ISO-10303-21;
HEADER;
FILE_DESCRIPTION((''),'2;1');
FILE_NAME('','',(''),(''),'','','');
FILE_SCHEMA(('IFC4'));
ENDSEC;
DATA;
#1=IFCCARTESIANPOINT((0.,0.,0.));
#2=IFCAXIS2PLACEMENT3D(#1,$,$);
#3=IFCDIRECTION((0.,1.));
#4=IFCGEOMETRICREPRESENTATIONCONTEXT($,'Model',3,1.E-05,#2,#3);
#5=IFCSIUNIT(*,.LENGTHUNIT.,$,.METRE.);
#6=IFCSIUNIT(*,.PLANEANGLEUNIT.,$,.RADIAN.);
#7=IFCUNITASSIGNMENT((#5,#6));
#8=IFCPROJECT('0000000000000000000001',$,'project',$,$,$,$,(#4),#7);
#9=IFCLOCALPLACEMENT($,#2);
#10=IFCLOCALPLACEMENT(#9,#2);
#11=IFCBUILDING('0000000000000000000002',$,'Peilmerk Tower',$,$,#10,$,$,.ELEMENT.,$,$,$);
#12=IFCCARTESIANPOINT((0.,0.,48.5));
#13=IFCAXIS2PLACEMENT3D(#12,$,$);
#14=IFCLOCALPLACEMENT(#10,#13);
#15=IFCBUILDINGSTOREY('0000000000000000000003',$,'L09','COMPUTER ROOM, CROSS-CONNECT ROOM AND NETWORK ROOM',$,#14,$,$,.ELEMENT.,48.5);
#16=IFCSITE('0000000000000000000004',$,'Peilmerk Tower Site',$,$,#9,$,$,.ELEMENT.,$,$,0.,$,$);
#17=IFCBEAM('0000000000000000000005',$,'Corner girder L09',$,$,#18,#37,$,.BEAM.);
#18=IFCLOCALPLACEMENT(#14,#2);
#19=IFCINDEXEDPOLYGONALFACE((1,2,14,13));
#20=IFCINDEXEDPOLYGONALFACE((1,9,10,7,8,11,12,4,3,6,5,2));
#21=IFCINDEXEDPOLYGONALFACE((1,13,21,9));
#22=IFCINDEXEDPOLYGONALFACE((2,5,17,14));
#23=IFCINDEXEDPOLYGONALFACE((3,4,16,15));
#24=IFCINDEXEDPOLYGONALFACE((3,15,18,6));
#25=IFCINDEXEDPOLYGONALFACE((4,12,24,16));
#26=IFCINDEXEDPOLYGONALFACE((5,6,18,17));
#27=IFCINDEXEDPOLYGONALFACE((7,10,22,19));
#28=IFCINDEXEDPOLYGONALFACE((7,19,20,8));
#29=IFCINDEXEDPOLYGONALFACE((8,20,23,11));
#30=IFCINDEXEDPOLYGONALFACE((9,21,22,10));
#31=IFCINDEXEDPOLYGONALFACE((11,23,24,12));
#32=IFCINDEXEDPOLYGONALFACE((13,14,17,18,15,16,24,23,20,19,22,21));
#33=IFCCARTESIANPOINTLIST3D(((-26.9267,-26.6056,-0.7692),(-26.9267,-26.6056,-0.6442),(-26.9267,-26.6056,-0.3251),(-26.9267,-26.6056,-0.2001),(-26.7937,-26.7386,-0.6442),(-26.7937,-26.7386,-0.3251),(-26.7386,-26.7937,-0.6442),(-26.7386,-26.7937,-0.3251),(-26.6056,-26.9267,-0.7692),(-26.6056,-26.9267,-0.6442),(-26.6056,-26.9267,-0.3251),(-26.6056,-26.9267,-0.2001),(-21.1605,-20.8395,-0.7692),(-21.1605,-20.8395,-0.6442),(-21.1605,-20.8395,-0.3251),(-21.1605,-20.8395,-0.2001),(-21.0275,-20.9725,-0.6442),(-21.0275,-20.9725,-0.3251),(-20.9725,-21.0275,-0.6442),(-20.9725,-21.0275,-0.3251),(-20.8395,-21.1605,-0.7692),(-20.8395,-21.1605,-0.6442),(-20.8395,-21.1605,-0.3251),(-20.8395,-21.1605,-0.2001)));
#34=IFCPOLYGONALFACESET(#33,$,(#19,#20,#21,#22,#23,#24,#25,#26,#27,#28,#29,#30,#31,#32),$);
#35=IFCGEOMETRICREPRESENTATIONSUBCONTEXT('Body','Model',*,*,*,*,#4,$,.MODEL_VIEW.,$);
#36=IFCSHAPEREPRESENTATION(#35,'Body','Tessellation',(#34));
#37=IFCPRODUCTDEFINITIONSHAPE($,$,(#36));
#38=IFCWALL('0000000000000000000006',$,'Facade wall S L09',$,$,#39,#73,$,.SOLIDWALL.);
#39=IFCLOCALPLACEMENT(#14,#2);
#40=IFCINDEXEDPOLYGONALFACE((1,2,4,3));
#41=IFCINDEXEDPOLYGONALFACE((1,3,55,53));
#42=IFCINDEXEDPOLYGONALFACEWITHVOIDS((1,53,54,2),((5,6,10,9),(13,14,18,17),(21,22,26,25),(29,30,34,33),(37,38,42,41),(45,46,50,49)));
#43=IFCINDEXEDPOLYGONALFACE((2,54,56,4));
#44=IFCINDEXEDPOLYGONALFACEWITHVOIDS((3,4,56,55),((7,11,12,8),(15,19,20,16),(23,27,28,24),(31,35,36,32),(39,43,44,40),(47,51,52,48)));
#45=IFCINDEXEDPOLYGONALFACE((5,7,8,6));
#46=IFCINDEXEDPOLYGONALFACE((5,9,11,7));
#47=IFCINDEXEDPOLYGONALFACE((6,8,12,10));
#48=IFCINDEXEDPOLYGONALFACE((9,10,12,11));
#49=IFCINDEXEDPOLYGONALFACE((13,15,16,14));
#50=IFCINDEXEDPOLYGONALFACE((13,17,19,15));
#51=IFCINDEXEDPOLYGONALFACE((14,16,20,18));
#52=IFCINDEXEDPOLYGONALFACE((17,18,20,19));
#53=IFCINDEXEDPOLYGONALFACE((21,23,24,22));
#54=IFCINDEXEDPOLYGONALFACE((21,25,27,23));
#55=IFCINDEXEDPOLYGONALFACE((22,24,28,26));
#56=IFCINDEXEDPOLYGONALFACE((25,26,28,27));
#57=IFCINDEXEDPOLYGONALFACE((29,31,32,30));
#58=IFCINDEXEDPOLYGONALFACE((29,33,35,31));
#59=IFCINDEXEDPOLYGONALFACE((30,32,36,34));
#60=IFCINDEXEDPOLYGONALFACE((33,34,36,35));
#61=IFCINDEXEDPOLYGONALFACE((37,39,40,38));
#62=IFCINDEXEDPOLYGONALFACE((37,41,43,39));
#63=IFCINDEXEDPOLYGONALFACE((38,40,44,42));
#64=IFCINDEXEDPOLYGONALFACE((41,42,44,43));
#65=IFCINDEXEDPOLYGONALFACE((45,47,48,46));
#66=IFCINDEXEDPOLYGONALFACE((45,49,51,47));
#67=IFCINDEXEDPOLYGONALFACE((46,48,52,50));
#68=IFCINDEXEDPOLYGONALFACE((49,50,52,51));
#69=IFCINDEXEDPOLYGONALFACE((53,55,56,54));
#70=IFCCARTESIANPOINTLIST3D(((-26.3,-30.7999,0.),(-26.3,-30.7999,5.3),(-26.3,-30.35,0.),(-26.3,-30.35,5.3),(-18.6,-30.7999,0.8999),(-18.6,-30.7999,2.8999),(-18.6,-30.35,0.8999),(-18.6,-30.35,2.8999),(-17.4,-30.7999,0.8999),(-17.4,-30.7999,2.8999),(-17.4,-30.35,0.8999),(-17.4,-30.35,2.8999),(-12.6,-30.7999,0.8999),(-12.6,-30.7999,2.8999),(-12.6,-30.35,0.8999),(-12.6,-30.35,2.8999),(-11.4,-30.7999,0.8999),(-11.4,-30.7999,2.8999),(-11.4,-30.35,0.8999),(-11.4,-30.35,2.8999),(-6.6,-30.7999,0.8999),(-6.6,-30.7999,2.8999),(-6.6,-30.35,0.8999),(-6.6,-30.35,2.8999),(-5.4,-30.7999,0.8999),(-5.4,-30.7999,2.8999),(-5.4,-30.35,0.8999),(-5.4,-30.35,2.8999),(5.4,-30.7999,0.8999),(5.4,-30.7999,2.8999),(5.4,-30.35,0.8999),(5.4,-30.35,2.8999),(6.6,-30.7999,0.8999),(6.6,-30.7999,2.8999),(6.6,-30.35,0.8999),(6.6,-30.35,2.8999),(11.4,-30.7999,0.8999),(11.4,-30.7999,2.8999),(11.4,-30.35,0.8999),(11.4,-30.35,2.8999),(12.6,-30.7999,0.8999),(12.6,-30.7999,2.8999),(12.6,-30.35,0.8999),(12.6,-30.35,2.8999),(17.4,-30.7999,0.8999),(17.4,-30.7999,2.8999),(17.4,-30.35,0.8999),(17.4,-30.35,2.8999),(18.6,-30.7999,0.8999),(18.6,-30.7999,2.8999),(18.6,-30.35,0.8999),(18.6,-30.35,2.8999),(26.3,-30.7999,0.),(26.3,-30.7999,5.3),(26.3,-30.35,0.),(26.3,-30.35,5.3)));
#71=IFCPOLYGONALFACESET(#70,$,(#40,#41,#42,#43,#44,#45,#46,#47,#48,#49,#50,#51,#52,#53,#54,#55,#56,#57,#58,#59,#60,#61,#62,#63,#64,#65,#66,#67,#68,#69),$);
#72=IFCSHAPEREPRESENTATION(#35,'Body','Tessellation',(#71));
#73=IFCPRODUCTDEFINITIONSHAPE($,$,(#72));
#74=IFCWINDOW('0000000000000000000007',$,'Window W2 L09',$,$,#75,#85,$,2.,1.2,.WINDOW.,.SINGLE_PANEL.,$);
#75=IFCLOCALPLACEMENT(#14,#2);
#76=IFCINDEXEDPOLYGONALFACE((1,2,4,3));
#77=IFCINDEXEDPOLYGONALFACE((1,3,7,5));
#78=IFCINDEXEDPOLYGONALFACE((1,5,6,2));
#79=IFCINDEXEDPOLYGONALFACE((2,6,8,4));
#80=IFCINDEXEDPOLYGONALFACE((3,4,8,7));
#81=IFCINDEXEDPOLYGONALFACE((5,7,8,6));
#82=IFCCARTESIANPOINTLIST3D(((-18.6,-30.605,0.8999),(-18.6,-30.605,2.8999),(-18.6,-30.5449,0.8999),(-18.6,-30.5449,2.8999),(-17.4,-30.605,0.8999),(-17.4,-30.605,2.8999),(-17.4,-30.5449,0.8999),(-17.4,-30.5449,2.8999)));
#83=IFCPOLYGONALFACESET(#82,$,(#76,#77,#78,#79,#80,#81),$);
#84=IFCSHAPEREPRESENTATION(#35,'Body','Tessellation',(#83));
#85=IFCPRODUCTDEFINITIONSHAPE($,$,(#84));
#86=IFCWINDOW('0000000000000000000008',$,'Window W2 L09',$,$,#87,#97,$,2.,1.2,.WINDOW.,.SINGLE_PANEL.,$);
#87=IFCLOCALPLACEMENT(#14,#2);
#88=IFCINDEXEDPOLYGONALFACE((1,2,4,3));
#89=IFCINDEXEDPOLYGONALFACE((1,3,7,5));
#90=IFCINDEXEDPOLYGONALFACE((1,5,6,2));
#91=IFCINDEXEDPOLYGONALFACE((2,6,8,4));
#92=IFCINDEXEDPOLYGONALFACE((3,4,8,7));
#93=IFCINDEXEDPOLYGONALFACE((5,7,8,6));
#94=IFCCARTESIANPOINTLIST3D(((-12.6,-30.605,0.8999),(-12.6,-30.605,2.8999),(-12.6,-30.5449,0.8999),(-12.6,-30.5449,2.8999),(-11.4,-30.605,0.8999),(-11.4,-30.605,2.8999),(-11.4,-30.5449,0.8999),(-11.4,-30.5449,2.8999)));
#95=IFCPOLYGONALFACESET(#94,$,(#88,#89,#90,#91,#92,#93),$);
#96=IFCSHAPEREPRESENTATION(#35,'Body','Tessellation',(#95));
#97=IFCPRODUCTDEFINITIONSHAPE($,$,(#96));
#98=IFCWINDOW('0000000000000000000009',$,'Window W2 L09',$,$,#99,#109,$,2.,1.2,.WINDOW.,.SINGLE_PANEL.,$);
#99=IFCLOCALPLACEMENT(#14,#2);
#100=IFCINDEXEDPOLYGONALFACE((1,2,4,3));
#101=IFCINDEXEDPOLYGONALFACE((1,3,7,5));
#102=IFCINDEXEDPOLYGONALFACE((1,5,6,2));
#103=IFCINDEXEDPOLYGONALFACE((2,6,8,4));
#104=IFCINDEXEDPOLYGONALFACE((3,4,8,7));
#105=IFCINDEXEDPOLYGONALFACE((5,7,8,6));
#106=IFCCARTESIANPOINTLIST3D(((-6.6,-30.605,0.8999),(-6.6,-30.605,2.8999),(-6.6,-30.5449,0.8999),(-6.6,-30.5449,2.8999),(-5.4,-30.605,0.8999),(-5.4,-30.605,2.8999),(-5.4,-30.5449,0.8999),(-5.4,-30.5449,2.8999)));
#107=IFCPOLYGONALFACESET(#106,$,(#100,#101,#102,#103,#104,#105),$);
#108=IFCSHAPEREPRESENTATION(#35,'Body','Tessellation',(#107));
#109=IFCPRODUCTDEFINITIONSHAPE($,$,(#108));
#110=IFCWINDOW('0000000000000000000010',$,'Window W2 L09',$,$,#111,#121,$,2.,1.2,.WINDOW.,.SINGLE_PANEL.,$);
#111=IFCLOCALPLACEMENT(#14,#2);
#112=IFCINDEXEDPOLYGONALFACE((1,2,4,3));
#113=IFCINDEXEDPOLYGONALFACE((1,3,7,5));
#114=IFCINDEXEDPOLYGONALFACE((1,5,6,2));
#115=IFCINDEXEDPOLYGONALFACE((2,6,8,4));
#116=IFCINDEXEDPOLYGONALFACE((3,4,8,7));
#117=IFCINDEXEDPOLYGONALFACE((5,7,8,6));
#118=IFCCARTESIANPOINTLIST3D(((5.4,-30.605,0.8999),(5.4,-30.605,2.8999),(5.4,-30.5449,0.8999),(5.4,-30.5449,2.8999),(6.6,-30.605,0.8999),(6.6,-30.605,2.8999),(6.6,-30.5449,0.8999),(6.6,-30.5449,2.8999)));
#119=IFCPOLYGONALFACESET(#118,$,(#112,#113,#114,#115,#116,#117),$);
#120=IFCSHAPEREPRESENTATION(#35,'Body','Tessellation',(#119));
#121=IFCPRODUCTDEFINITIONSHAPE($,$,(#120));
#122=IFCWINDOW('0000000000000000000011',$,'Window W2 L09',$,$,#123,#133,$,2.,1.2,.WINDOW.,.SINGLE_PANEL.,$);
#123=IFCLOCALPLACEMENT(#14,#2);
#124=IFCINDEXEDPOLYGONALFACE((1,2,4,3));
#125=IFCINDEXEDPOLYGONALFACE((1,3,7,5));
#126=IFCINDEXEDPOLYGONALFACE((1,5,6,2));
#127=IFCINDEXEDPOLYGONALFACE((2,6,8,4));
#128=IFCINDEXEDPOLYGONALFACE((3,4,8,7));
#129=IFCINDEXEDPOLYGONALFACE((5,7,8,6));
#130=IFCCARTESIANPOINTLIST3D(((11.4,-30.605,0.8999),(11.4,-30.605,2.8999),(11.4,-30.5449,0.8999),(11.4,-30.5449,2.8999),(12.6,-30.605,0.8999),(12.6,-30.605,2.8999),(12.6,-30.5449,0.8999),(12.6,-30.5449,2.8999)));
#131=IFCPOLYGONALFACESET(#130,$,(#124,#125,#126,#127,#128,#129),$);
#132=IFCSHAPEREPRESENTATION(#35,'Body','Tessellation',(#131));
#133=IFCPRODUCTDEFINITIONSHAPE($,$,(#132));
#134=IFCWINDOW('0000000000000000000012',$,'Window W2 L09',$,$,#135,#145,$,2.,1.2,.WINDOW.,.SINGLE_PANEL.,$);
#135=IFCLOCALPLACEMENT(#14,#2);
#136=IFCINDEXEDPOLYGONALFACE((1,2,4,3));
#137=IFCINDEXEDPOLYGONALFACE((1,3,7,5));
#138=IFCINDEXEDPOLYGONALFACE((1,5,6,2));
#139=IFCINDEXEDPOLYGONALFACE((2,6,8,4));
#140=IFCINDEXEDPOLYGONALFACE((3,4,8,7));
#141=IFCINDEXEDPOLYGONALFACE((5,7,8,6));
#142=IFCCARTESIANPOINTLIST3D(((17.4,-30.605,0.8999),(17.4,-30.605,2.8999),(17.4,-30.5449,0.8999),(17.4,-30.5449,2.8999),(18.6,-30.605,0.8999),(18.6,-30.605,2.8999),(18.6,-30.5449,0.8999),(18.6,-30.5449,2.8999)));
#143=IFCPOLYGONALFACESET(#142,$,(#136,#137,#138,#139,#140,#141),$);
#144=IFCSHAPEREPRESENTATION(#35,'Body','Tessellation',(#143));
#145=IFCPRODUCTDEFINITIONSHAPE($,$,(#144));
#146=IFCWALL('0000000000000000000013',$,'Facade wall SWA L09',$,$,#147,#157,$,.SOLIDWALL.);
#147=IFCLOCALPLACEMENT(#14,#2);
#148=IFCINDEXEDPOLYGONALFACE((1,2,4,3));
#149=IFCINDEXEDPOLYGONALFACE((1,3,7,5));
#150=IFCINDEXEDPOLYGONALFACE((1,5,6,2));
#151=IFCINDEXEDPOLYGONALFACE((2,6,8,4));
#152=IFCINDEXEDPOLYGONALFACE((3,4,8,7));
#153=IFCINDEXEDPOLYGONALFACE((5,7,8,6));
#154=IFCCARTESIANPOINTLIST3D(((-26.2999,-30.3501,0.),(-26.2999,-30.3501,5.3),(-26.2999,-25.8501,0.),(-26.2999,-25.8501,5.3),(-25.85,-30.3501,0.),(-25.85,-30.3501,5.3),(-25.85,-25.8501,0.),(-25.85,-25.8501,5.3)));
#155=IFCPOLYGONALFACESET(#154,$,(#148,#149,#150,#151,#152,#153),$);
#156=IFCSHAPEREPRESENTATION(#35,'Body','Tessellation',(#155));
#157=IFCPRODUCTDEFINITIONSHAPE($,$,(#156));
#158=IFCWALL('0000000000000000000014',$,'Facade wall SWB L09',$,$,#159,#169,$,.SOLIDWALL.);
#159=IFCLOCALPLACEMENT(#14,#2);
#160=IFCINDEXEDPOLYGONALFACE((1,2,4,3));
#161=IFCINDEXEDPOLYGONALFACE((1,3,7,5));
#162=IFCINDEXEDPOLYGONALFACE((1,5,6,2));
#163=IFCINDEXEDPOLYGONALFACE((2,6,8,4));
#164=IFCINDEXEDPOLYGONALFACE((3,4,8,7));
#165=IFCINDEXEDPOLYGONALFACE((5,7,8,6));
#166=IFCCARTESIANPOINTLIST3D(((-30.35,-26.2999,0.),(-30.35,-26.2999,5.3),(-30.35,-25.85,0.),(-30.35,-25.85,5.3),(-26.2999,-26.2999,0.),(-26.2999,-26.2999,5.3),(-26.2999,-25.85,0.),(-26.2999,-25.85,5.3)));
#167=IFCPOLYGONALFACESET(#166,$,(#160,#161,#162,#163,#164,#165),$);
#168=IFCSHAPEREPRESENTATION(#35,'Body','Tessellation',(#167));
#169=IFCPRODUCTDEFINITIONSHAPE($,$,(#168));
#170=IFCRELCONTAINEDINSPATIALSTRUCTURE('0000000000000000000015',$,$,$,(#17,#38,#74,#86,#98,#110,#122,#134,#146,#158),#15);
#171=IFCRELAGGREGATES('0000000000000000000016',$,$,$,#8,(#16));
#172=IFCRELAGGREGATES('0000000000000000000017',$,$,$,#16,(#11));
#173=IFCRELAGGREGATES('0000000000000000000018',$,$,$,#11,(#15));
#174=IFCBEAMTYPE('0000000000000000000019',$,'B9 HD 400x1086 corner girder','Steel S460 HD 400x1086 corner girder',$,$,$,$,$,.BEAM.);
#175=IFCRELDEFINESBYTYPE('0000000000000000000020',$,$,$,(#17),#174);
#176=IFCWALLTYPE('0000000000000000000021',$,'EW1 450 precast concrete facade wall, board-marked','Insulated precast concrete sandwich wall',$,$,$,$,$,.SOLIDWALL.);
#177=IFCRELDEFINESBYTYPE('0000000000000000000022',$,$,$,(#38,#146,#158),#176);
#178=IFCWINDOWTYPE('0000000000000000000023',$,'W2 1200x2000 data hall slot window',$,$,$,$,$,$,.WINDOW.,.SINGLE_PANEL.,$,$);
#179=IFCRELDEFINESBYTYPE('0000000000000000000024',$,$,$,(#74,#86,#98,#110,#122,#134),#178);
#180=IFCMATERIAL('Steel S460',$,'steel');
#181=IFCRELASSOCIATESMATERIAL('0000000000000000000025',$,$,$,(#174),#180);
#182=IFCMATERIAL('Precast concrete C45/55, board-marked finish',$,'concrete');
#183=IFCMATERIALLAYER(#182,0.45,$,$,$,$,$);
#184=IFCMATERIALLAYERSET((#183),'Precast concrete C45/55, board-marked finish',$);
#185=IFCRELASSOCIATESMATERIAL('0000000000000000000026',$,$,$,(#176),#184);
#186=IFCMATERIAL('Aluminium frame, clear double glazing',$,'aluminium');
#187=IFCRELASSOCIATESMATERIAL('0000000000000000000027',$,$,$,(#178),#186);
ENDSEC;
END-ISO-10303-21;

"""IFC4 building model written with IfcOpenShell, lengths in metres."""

from ifc_helpers import new_model, si_unit, direction, frame, frame_2d, origin, origin_2d, place, context, subcontext, project, spatial, rectangle, i_section, extrude, material, layer, layer_set, material_profile, profile_set, type_object, element, fill, save


model = new_model("IFC4")

# Units and contexts
model_context = context("Model", 3, precision=1e-05, world=origin(), true_north=direction((0.0, 1.0)))
body_context = subcontext(model_context, "Body", "Model", "MODEL_VIEW")
ifc_project = project(units=[si_unit("LENGTHUNIT", "METRE"), si_unit("PLANEANGLEUNIT", "RADIAN")], contexts=[model_context])

# Site, building, storey
site_placement = place(None, origin())
site = spatial("IfcSite", under=ifc_project, at=site_placement, Name="Peilmerk Tower Site", CompositionType="ELEMENT", RefElevation=0.0)
building_placement = place(site_placement, origin())
building = spatial("IfcBuilding", under=site, at=building_placement, Name="Peilmerk Tower", CompositionType="ELEMENT")
storey_placement = place(building_placement, frame((0.0, 0.0, 48.5)))
storey = spatial("IfcBuildingStorey", under=building, at=storey_placement, Name="L09", Description="COMPUTER ROOM, CROSS-CONNECT ROOM AND NETWORK ROOM", CompositionType="ELEMENT", Elevation=48.5)

# Beam
ifc_material_1 = material(Name="Steel S460", Category="steel")
ifc_material_profile_1 = material_profile(ifc_material_1, i_section(OverallWidth=0.4541, OverallDepth=0.5691, WebThickness=0.0779, FlangeThickness=0.125, at=origin_2d()), Name="HD 400x1086")
ifc_profile_set_1 = profile_set([ifc_material_profile_1], Name="Steel S460")
beam_type_1 = type_object("IfcBeamType", Name="B9 HD 400x1086 corner girder", Description="Steel S460 HD 400x1086 corner girder", PredefinedType="BEAM", material=ifc_profile_set_1)
beam_1_placement = place(storey_placement, frame((-21.0, -21.0, -0.4846), z_axis=(-0.707107, -0.707107, 0.0), x_axis=(0.707107, -0.707107, 0.0)))
element("IfcBeam", 1, at=beam_1_placement, inside=storey, type_object=beam_type_1, Name="Corner girder L09", PredefinedType="BEAM", context=body_context, shape_type="SweptSolid", body=[
    extrude(i_section(OverallWidth=0.4541, OverallDepth=0.5691, WebThickness=0.0779, FlangeThickness=0.125, at=origin_2d()), origin(), (0.0, 0.0, 1.0), 8.1545),
])

# Wall, openings, windows
ifc_material_2 = material(Name="Precast concrete C45/55, board-marked finish", Category="concrete")
ifc_layer = layer(ifc_material_2, 0.45)
ifc_layer_set = layer_set([ifc_layer], Name="Precast concrete C45/55, board-marked finish")
wall_type = type_object("IfcWallType", Name="EW1 450 precast concrete facade wall, board-marked", Description="Insulated precast concrete sandwich wall", PredefinedType="SOLIDWALL", material=ifc_layer_set)
wall_1_placement = place(storey_placement, frame((-26.3, -30.575, 0.0), z_axis=(0.0, 0.0, 1.0), x_axis=(1.0, 0.0, 0.0)))
wall_1 = element("IfcWall", 2, at=wall_1_placement, inside=storey, type_object=wall_type, Name="Facade wall S L09", PredefinedType="SOLIDWALL", context=body_context, shape_type="SweptSolid", body=[
    extrude(rectangle(XDim=52.6001, YDim=0.45, at=frame_2d((26.3, 0.0))), origin(), (0.0, 0.0, 1.0), 5.3),
])
opening_1_placement = place(wall_1_placement, frame((7.7, 0.0, 0.8999)))
opening_1 = element("IfcOpeningElement", 3, at=opening_1_placement, cuts=wall_1, PredefinedType="OPENING", context=body_context, shape_type="SweptSolid", body=[
    extrude(rectangle(XDim=1.2, YDim=2.0, at=frame_2d((0.6001, 1.0))), frame((0.0, 0.2349, 0.0), z_axis=(0.0, -1.0, 0.0), x_axis=(1.0, 0.0, 0.0)), (0.0, 0.0, 1.0), 0.47),
])
opening_2_placement = place(wall_1_placement, frame((13.7, 0.0, 0.8999)))
opening_2 = element("IfcOpeningElement", 4, at=opening_2_placement, cuts=wall_1, PredefinedType="OPENING", context=body_context, shape_type="SweptSolid", body=[
    extrude(rectangle(XDim=1.2, YDim=2.0, at=frame_2d((0.6001, 1.0))), frame((0.0, 0.2349, 0.0), z_axis=(0.0, -1.0, 0.0), x_axis=(1.0, 0.0, 0.0)), (0.0, 0.0, 1.0), 0.47),
])
opening_3_placement = place(wall_1_placement, frame((19.7, 0.0, 0.8999)))
opening_3 = element("IfcOpeningElement", 5, at=opening_3_placement, cuts=wall_1, PredefinedType="OPENING", context=body_context, shape_type="SweptSolid", body=[
    extrude(rectangle(XDim=1.2, YDim=2.0, at=frame_2d((0.6001, 1.0))), frame((0.0, 0.2349, 0.0), z_axis=(0.0, -1.0, 0.0), x_axis=(1.0, 0.0, 0.0)), (0.0, 0.0, 1.0), 0.47),
])
opening_4_placement = place(wall_1_placement, frame((31.7, 0.0, 0.8999)))
opening_4 = element("IfcOpeningElement", 6, at=opening_4_placement, cuts=wall_1, PredefinedType="OPENING", context=body_context, shape_type="SweptSolid", body=[
    extrude(rectangle(XDim=1.2, YDim=2.0, at=frame_2d((0.6001, 1.0))), frame((0.0, 0.2349, 0.0), z_axis=(0.0, -1.0, 0.0), x_axis=(1.0, 0.0, 0.0)), (0.0, 0.0, 1.0), 0.47),
])
opening_5_placement = place(wall_1_placement, frame((37.7, 0.0, 0.8999)))
opening_5 = element("IfcOpeningElement", 7, at=opening_5_placement, cuts=wall_1, PredefinedType="OPENING", context=body_context, shape_type="SweptSolid", body=[
    extrude(rectangle(XDim=1.2, YDim=2.0, at=frame_2d((0.6001, 1.0))), frame((0.0, 0.2349, 0.0), z_axis=(0.0, -1.0, 0.0), x_axis=(1.0, 0.0, 0.0)), (0.0, 0.0, 1.0), 0.47),
])
opening_6_placement = place(wall_1_placement, frame((43.7, 0.0, 0.8999)))
opening_6 = element("IfcOpeningElement", 8, at=opening_6_placement, cuts=wall_1, PredefinedType="OPENING", context=body_context, shape_type="SweptSolid", body=[
    extrude(rectangle(XDim=1.2, YDim=2.0, at=frame_2d((0.6001, 1.0))), frame((0.0, 0.2349, 0.0), z_axis=(0.0, -1.0, 0.0), x_axis=(1.0, 0.0, 0.0)), (0.0, 0.0, 1.0), 0.47),
])
ifc_material_3 = material(Name="Aluminium frame, clear double glazing", Category="aluminium")
window_type = type_object("IfcWindowType", Name="W2 1200x2000 data hall slot window", PartitioningType="SINGLE_PANEL", PredefinedType="WINDOW", material=ifc_material_3)
window_1_placement = place(opening_1_placement, origin())
window_1 = element("IfcWindow", 9, at=window_1_placement, inside=storey, type_object=window_type, Name="Window W2 L09", OverallHeight=2.0, OverallWidth=1.2, PartitioningType="SINGLE_PANEL", PredefinedType="WINDOW", context=body_context, shape_type="SweptSolid", body=[
    extrude(rectangle(XDim=1.2, YDim=2.0, at=frame_2d((0.6001, 1.0))), frame((0.0, 0.03, 0.0), z_axis=(0.0, -1.0, 0.0), x_axis=(1.0, 0.0, 0.0)), (0.0, 0.0, 1.0), 0.0601),
])
fill(opening_1, window_1)
window_2_placement = place(opening_2_placement, origin())
window_2 = element("IfcWindow", 10, at=window_2_placement, inside=storey, type_object=window_type, Name="Window W2 L09", OverallHeight=2.0, OverallWidth=1.2, PartitioningType="SINGLE_PANEL", PredefinedType="WINDOW", context=body_context, shape_type="SweptSolid", body=[
    extrude(rectangle(XDim=1.2, YDim=2.0, at=frame_2d((0.6001, 1.0))), frame((0.0, 0.03, 0.0), z_axis=(0.0, -1.0, 0.0), x_axis=(1.0, 0.0, 0.0)), (0.0, 0.0, 1.0), 0.0601),
])
fill(opening_2, window_2)
window_3_placement = place(opening_3_placement, origin())
window_3 = element("IfcWindow", 11, at=window_3_placement, inside=storey, type_object=window_type, Name="Window W2 L09", OverallHeight=2.0, OverallWidth=1.2, PartitioningType="SINGLE_PANEL", PredefinedType="WINDOW", context=body_context, shape_type="SweptSolid", body=[
    extrude(rectangle(XDim=1.2, YDim=2.0, at=frame_2d((0.6001, 1.0))), frame((0.0, 0.03, 0.0), z_axis=(0.0, -1.0, 0.0), x_axis=(1.0, 0.0, 0.0)), (0.0, 0.0, 1.0), 0.0601),
])
fill(opening_3, window_3)
window_4_placement = place(opening_4_placement, origin())
window_4 = element("IfcWindow", 12, at=window_4_placement, inside=storey, type_object=window_type, Name="Window W2 L09", OverallHeight=2.0, OverallWidth=1.2, PartitioningType="SINGLE_PANEL", PredefinedType="WINDOW", context=body_context, shape_type="SweptSolid", body=[
    extrude(rectangle(XDim=1.2, YDim=2.0, at=frame_2d((0.6001, 1.0))), frame((0.0, 0.03, 0.0), z_axis=(0.0, -1.0, 0.0), x_axis=(1.0, 0.0, 0.0)), (0.0, 0.0, 1.0), 0.0601),
])
fill(opening_4, window_4)
window_5_placement = place(opening_5_placement, origin())
window_5 = element("IfcWindow", 13, at=window_5_placement, inside=storey, type_object=window_type, Name="Window W2 L09", OverallHeight=2.0, OverallWidth=1.2, PartitioningType="SINGLE_PANEL", PredefinedType="WINDOW", context=body_context, shape_type="SweptSolid", body=[
    extrude(rectangle(XDim=1.2, YDim=2.0, at=frame_2d((0.6001, 1.0))), frame((0.0, 0.03, 0.0), z_axis=(0.0, -1.0, 0.0), x_axis=(1.0, 0.0, 0.0)), (0.0, 0.0, 1.0), 0.0601),
])
fill(opening_5, window_5)
window_6_placement = place(opening_6_placement, origin())
window_6 = element("IfcWindow", 14, at=window_6_placement, inside=storey, type_object=window_type, Name="Window W2 L09", OverallHeight=2.0, OverallWidth=1.2, PartitioningType="SINGLE_PANEL", PredefinedType="WINDOW", context=body_context, shape_type="SweptSolid", body=[
    extrude(rectangle(XDim=1.2, YDim=2.0, at=frame_2d((0.6001, 1.0))), frame((0.0, 0.03, 0.0), z_axis=(0.0, -1.0, 0.0), x_axis=(1.0, 0.0, 0.0)), (0.0, 0.0, 1.0), 0.0601),
])
fill(opening_6, window_6)

# Walls
wall_2_placement = place(storey_placement, frame((-26.075, -25.8501, 0.0), z_axis=(0.0, 0.0, 1.0), x_axis=(0.0, -1.0, 0.0)))
element("IfcWall", 15, at=wall_2_placement, inside=storey, type_object=wall_type, Name="Facade wall SWA L09", PredefinedType="SOLIDWALL", context=body_context, shape_type="SweptSolid", body=[
    extrude(rectangle(XDim=4.5, YDim=0.45, at=frame_2d((2.25, 0.0))), origin(), (0.0, 0.0, 1.0), 5.3),
])
wall_3_placement = place(storey_placement, frame((-26.3, -26.075, 0.0), z_axis=(0.0, 0.0, 1.0), x_axis=(-1.0, 0.0, 0.0)))
element("IfcWall", 16, at=wall_3_placement, inside=storey, type_object=wall_type, Name="Facade wall SWB L09", PredefinedType="SOLIDWALL", context=body_context, shape_type="SweptSolid", body=[
    extrude(rectangle(XDim=4.05, YDim=0.45, at=frame_2d((2.0249, 0.0))), origin(), (0.0, 0.0, 1.0), 5.3),
])

save(model, "model.ifc")
